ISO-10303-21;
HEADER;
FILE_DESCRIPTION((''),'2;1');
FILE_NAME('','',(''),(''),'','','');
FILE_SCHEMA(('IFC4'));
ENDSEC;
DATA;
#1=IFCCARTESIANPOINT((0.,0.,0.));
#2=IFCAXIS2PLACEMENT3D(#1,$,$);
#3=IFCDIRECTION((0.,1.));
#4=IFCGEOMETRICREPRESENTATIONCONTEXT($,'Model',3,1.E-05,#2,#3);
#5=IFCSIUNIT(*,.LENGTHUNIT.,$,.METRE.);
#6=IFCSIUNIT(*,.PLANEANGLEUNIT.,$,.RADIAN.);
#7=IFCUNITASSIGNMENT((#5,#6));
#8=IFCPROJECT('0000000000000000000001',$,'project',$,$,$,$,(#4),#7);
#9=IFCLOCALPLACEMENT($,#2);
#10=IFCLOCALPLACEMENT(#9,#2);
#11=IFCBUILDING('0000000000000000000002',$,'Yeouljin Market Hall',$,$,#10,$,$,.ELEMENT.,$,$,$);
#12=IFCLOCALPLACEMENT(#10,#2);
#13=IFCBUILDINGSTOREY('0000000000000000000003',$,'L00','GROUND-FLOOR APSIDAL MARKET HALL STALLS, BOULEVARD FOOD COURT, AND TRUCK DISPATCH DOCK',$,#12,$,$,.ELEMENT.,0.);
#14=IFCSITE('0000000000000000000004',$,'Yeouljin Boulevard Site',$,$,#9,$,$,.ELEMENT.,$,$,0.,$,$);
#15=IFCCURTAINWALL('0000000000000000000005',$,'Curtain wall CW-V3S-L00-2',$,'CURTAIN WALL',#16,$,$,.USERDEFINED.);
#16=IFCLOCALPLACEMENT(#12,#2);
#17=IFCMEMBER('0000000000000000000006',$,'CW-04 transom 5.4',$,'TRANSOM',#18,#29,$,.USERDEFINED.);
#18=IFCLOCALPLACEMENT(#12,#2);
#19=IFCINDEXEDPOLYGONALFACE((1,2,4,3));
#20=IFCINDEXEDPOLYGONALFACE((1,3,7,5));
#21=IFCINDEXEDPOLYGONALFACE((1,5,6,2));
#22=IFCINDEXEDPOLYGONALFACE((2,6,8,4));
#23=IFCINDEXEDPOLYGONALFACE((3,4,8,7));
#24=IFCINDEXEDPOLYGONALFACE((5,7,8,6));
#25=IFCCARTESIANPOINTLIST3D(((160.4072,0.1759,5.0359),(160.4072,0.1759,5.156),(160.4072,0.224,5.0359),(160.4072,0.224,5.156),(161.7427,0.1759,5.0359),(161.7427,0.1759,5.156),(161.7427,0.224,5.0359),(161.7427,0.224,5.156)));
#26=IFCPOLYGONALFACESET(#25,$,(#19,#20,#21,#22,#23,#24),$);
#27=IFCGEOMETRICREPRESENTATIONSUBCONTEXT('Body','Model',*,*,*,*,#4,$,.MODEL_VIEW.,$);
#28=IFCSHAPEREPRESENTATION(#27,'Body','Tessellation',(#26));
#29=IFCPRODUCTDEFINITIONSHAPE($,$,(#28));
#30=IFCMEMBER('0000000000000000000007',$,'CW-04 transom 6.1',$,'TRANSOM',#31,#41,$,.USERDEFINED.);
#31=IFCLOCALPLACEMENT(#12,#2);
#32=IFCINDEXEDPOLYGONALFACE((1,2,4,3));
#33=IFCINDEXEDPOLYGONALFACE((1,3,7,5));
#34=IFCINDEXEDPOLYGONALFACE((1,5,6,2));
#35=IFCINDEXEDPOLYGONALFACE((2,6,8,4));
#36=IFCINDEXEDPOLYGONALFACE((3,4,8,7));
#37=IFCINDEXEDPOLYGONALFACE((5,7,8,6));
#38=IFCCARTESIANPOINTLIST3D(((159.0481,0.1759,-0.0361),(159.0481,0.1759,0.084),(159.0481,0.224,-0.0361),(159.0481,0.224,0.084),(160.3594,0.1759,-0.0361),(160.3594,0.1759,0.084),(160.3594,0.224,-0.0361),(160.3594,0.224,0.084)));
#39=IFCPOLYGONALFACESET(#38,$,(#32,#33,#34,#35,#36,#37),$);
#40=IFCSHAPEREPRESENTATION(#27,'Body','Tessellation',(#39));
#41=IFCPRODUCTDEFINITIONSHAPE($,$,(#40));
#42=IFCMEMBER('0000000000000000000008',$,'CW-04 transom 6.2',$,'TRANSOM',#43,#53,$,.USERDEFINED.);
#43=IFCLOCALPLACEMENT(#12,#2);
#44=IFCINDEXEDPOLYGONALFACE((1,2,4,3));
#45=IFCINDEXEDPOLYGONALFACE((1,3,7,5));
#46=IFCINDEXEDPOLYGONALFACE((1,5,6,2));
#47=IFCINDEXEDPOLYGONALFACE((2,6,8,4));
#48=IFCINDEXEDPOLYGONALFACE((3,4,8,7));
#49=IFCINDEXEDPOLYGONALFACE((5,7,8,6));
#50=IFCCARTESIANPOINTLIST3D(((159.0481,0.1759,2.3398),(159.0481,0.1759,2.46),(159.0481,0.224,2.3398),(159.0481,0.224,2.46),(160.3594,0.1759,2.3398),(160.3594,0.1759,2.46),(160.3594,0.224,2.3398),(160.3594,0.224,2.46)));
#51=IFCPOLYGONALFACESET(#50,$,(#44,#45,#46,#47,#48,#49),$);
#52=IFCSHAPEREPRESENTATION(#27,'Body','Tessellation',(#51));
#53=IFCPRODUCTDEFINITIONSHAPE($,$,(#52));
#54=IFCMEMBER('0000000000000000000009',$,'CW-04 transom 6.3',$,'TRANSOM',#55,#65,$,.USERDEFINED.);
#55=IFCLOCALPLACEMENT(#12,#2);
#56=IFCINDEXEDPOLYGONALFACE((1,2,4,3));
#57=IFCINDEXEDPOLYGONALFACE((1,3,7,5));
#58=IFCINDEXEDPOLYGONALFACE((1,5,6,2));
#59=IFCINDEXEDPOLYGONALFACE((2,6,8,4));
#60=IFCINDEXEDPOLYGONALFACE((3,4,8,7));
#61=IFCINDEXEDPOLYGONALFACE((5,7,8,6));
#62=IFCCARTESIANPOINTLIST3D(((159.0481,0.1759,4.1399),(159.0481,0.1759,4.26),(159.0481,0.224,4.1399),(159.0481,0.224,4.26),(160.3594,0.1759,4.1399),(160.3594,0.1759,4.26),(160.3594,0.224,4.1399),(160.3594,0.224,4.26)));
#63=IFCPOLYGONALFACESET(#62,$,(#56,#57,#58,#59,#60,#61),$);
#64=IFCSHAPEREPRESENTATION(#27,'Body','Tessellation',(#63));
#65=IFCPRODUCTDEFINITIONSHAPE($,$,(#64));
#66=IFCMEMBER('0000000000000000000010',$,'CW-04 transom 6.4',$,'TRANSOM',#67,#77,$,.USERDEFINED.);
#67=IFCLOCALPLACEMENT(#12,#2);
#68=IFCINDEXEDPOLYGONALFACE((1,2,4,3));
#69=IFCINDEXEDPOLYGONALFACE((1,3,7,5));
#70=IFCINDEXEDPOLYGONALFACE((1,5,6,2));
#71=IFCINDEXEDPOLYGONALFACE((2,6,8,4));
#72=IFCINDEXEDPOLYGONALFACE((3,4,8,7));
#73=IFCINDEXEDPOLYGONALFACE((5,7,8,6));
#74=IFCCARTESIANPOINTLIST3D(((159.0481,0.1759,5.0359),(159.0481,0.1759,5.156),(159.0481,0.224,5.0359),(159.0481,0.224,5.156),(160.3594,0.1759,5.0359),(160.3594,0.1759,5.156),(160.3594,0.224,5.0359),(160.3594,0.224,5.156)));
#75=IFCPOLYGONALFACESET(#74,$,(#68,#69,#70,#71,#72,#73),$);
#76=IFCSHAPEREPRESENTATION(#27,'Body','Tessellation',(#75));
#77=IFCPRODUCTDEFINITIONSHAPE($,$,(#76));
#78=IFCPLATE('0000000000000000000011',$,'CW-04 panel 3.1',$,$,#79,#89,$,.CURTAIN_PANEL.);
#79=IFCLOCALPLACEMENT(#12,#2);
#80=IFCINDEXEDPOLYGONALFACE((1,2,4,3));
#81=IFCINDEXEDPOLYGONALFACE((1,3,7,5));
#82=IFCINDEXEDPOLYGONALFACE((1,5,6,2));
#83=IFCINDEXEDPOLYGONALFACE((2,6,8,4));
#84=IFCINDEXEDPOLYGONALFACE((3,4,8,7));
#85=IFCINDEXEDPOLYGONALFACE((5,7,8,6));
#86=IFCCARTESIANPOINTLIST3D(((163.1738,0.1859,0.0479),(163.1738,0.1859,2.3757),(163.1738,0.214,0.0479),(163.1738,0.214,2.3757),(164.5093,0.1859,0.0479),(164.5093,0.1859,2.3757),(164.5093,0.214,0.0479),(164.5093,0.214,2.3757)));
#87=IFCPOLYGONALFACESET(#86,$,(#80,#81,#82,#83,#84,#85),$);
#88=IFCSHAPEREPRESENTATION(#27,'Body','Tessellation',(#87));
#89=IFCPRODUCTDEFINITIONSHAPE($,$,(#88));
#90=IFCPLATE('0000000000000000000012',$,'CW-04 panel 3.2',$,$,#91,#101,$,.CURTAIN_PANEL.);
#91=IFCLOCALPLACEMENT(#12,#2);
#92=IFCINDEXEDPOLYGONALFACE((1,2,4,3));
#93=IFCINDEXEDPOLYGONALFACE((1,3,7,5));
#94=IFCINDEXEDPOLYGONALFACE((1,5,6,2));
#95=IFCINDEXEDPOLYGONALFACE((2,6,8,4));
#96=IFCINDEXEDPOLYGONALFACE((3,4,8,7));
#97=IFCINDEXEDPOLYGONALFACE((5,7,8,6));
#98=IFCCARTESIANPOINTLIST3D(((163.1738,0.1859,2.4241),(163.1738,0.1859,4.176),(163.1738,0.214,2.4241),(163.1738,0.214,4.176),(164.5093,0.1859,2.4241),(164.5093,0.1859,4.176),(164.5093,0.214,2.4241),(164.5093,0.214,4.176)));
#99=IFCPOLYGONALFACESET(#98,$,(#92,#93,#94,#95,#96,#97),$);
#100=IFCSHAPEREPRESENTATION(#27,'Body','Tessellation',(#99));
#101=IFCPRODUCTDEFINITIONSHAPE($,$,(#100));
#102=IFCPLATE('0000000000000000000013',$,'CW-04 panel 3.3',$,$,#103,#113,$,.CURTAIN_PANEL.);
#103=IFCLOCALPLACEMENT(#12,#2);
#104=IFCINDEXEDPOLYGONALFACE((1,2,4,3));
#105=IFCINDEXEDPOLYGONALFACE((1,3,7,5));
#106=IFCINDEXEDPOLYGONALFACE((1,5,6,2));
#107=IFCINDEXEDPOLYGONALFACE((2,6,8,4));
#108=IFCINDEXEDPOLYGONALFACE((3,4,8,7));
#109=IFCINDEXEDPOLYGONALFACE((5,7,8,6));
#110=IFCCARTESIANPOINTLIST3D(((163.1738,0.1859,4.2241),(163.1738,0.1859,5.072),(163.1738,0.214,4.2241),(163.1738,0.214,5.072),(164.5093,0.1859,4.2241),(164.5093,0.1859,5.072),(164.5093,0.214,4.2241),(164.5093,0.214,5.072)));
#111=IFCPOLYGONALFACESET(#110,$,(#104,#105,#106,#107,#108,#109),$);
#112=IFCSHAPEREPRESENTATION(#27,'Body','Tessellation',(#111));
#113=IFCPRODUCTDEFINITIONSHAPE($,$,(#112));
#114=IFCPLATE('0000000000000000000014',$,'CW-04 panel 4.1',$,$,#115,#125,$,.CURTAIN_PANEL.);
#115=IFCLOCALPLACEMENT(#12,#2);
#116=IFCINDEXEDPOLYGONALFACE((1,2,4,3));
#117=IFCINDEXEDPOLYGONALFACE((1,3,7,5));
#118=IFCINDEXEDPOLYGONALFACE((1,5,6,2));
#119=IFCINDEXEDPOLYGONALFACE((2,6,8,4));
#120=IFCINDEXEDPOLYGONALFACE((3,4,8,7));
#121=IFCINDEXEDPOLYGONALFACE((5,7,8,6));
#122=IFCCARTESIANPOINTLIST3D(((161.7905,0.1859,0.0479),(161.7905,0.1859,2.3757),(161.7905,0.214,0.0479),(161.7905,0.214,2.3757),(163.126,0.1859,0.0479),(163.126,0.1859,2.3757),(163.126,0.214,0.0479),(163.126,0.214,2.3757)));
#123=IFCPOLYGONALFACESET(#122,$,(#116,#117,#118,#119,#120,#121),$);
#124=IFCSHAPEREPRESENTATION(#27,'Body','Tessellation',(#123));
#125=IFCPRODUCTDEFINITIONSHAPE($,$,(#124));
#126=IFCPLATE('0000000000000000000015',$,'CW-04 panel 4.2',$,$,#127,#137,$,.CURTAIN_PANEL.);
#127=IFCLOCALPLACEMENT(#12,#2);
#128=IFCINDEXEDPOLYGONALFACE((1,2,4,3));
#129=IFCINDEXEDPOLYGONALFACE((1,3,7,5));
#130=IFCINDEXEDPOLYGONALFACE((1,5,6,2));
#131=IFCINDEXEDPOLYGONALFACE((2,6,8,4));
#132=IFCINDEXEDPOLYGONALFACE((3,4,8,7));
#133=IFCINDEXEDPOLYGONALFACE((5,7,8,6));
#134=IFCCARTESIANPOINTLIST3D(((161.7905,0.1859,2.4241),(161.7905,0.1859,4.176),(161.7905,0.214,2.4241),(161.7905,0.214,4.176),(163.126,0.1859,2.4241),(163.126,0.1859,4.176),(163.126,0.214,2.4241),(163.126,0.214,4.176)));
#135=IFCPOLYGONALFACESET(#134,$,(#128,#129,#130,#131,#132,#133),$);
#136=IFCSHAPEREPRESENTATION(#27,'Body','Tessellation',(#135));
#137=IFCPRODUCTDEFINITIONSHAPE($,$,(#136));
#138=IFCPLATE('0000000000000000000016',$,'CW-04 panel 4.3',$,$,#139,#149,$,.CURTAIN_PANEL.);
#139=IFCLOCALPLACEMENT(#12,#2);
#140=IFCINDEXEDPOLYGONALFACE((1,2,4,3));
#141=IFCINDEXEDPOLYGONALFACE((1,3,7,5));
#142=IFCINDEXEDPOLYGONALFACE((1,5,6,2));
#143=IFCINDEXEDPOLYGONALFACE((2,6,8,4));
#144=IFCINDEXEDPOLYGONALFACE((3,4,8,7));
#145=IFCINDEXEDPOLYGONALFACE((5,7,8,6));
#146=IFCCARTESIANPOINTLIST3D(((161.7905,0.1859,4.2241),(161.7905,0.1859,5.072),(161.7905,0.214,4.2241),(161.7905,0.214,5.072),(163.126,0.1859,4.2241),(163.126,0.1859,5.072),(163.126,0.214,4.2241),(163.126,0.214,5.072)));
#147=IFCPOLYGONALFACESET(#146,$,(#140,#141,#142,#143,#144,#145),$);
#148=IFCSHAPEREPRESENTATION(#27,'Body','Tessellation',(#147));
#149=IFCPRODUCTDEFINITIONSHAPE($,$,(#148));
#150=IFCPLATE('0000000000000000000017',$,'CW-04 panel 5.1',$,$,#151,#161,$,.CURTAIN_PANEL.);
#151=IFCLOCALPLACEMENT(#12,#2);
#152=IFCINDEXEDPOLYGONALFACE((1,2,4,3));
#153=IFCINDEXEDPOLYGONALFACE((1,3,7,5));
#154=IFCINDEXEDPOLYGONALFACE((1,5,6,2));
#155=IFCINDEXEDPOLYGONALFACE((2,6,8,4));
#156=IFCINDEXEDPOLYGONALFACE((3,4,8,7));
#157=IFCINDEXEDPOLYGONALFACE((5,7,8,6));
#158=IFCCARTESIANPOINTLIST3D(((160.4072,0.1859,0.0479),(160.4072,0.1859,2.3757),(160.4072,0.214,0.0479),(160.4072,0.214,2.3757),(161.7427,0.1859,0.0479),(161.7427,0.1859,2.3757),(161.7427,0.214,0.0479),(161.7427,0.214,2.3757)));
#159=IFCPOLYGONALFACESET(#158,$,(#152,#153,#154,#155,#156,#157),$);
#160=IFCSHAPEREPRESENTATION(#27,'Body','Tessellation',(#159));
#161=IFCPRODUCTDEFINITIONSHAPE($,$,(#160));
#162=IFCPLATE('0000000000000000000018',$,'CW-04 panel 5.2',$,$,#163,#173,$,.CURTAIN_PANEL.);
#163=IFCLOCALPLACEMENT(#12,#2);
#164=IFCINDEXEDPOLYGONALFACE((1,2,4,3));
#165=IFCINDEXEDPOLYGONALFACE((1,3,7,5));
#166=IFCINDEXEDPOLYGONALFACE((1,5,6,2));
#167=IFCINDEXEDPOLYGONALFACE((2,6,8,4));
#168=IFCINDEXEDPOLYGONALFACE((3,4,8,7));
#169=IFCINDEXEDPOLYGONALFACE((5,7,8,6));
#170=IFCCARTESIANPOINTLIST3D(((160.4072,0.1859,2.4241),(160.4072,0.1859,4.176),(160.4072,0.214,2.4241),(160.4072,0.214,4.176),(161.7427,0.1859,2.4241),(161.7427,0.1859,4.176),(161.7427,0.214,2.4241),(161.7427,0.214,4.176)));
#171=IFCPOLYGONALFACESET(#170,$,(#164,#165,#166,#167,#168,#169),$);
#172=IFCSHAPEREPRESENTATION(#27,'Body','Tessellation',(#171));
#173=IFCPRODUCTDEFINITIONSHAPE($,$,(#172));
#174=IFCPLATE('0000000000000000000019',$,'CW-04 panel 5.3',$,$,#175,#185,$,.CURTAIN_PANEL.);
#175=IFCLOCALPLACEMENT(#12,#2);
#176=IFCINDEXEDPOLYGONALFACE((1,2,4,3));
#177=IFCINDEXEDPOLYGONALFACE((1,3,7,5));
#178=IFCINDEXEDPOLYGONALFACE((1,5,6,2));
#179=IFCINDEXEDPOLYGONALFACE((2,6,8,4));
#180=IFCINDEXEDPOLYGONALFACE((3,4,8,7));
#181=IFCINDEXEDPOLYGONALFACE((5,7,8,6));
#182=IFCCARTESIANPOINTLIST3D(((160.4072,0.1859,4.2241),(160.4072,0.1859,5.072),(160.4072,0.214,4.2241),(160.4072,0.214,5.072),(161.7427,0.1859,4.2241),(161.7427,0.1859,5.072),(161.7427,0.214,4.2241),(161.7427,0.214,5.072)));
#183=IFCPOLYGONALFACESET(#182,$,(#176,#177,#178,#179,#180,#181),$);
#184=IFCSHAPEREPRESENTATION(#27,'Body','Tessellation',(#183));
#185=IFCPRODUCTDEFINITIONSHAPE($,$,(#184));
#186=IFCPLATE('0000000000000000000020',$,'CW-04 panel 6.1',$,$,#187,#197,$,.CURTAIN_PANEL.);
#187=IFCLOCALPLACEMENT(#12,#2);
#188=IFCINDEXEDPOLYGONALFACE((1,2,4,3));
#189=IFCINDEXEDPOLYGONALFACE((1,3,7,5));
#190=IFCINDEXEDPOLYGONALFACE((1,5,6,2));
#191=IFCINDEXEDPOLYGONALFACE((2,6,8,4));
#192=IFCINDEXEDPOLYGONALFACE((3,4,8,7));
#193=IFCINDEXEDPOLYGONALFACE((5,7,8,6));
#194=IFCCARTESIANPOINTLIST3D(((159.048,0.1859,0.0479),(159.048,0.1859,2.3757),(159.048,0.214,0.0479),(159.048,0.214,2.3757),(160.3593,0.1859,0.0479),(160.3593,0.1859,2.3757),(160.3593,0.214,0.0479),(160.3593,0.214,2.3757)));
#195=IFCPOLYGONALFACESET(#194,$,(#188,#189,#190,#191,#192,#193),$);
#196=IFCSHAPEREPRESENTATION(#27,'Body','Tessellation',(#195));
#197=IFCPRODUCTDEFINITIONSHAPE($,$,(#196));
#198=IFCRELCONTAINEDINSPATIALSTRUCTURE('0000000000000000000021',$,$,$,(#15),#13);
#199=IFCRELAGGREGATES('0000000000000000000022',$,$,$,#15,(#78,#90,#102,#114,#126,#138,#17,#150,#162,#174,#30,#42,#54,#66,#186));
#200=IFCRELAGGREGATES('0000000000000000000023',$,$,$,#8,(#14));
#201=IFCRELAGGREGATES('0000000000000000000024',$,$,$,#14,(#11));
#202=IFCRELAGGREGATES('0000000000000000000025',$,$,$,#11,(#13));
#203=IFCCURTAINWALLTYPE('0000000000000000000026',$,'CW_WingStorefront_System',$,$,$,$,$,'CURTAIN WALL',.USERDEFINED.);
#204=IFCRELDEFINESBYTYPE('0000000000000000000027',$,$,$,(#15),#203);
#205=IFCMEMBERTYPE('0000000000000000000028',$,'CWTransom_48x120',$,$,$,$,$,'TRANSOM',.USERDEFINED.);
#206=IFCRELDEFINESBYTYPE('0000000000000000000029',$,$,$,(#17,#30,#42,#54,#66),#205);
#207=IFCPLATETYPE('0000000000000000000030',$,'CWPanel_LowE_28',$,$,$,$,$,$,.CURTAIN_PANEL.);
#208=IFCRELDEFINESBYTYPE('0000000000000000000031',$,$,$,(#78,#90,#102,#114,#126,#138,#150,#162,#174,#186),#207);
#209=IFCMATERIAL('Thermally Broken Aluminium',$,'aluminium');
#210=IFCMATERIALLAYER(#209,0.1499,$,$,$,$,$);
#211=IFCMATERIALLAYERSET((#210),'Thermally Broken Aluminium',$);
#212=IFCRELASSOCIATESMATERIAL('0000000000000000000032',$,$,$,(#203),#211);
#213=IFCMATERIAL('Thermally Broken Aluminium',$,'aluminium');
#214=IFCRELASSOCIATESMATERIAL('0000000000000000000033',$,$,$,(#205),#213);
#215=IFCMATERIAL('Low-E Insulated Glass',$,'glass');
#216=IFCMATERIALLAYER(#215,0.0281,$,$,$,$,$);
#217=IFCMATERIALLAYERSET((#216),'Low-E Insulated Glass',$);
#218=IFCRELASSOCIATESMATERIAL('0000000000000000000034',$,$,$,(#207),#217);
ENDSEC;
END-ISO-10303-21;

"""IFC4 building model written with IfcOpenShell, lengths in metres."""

from ifc_helpers import new_model, si_unit, direction, frame, origin, origin_2d, place, context, subcontext, project, spatial, rectangle, extrude, material, layer, layer_set, material_profile, profile_set, type_object, element, aggregate, save


model = new_model("IFC4")

# Units and contexts
model_context = context("Model", 3, precision=1e-05, world=origin(), true_north=direction((0.0, 1.0)))
body_context = subcontext(model_context, "Body", "Model", "MODEL_VIEW")
ifc_project = project(units=[si_unit("LENGTHUNIT", "METRE"), si_unit("PLANEANGLEUNIT", "RADIAN")], contexts=[model_context])

# Site, building, storey
site_placement = place(None, origin())
site = spatial("IfcSite", under=ifc_project, at=site_placement, Name="Yeouljin Boulevard Site", CompositionType="ELEMENT", RefElevation=0.0)
building_placement = place(site_placement, origin())
building = spatial("IfcBuilding", under=site, at=building_placement, Name="Yeouljin Market Hall", CompositionType="ELEMENT")
storey_placement = place(building_placement, origin())
storey = spatial("IfcBuildingStorey", under=building, at=storey_placement, Name="L00", Description="GROUND-FLOOR APSIDAL MARKET HALL STALLS, BOULEVARD FOOD COURT, AND TRUCK DISPATCH DOCK", CompositionType="ELEMENT", Elevation=0.0)

# Curtain wall, members, plates
ifc_material_1 = material(Name="Thermally Broken Aluminium", Category="aluminium")
ifc_layer_1 = layer(ifc_material_1, 0.1499)
ifc_layer_set_1 = layer_set([ifc_layer_1], Name="Thermally Broken Aluminium")
curtain_wall_type = type_object("IfcCurtainWallType", Name="CW_WingStorefront_System", ElementType="CURTAIN WALL", PredefinedType="USERDEFINED", material=ifc_layer_set_1)
curtain_wall_placement = place(storey_placement, origin())
curtain_wall = element("IfcCurtainWall", 1, at=curtain_wall_placement, inside=storey, type_object=curtain_wall_type, Name="Curtain wall CW-V3S-L00-2", ObjectType="CURTAIN WALL", PredefinedType="USERDEFINED")
ifc_material_2 = material(Name="Thermally Broken Aluminium", Category="aluminium")
ifc_material_profile_1 = material_profile(ifc_material_2, rectangle(XDim=0.0481, YDim=0.1201, at=origin_2d()), Name="CW-TRAN-48x120")
ifc_profile_set_1 = profile_set([ifc_material_profile_1], Name="Thermally Broken Aluminium")
member_type_1 = type_object("IfcMemberType", Name="CWTransom_48x120", ElementType="TRANSOM", PredefinedType="USERDEFINED", material=ifc_profile_set_1)
member_1_placement = place(storey_placement, frame((161.7427, 0.2, 5.0959), z_axis=(-1.0, 0.0, 0.0), x_axis=(0.0, -1.0, 0.0)))
member_1 = element("IfcMember", 2, at=member_1_placement, type_object=member_type_1, Name="CW-04 transom 5.4", ObjectType="TRANSOM", PredefinedType="USERDEFINED", context=body_context, shape_type="SweptSolid", body=[
    extrude(rectangle(XDim=0.0481, YDim=0.1201, at=origin_2d()), origin(), (0.0, 0.0, 1.0), 1.3354),
])
member_2_placement = place(storey_placement, frame((160.3594, 0.2, 0.0239), z_axis=(-1.0, 0.0, 0.0), x_axis=(0.0, -1.0, 0.0)))
member_2 = element("IfcMember", 3, at=member_2_placement, type_object=member_type_1, Name="CW-04 transom 6.1", ObjectType="TRANSOM", PredefinedType="USERDEFINED", context=body_context, shape_type="SweptSolid", body=[
    extrude(rectangle(XDim=0.0481, YDim=0.1201, at=origin_2d()), origin(), (0.0, 0.0, 1.0), 1.3113),
])
member_3_placement = place(storey_placement, frame((160.3594, 0.2, 2.3999), z_axis=(-1.0, 0.0, 0.0), x_axis=(0.0, -1.0, 0.0)))
member_3 = element("IfcMember", 4, at=member_3_placement, type_object=member_type_1, Name="CW-04 transom 6.2", ObjectType="TRANSOM", PredefinedType="USERDEFINED", context=body_context, shape_type="SweptSolid", body=[
    extrude(rectangle(XDim=0.0481, YDim=0.1201, at=origin_2d()), origin(), (0.0, 0.0, 1.0), 1.3113),
])
member_4_placement = place(storey_placement, frame((160.3594, 0.2, 4.2), z_axis=(-1.0, 0.0, 0.0), x_axis=(0.0, -1.0, 0.0)))
member_4 = element("IfcMember", 5, at=member_4_placement, type_object=member_type_1, Name="CW-04 transom 6.3", ObjectType="TRANSOM", PredefinedType="USERDEFINED", context=body_context, shape_type="SweptSolid", body=[
    extrude(rectangle(XDim=0.0481, YDim=0.1201, at=origin_2d()), origin(), (0.0, 0.0, 1.0), 1.3113),
])
member_5_placement = place(storey_placement, frame((160.3594, 0.2, 5.0959), z_axis=(-1.0, 0.0, 0.0), x_axis=(0.0, -1.0, 0.0)))
member_5 = element("IfcMember", 6, at=member_5_placement, type_object=member_type_1, Name="CW-04 transom 6.4", ObjectType="TRANSOM", PredefinedType="USERDEFINED", context=body_context, shape_type="SweptSolid", body=[
    extrude(rectangle(XDim=0.0481, YDim=0.1201, at=origin_2d()), origin(), (0.0, 0.0, 1.0), 1.3113),
])
ifc_material_3 = material(Name="Low-E Insulated Glass", Category="glass")
ifc_layer_2 = layer(ifc_material_3, 0.0281)
ifc_layer_set_2 = layer_set([ifc_layer_2], Name="Low-E Insulated Glass")
plate_type = type_object("IfcPlateType", Name="CWPanel_LowE_28", PredefinedType="CURTAIN_PANEL", material=ifc_layer_set_2)
plate_1_placement = place(storey_placement, frame((163.8416, 0.2, 0.0479), z_axis=(0.0, 0.0, 1.0), x_axis=(-1.0, 0.0, 0.0)))
plate_1 = element("IfcPlate", 7, at=plate_1_placement, type_object=plate_type, Name="CW-04 panel 3.1", PredefinedType="CURTAIN_PANEL", context=body_context, shape_type="SweptSolid", body=[
    extrude(rectangle(XDim=1.3354, YDim=0.0281, at=origin_2d()), origin(), (0.0, 0.0, 1.0), 2.3279),
])
plate_2_placement = place(storey_placement, frame((163.8416, 0.2, 2.4241), z_axis=(0.0, 0.0, 1.0), x_axis=(-1.0, 0.0, 0.0)))
plate_2 = element("IfcPlate", 8, at=plate_2_placement, type_object=plate_type, Name="CW-04 panel 3.2", PredefinedType="CURTAIN_PANEL", context=body_context, shape_type="SweptSolid", body=[
    extrude(rectangle(XDim=1.3354, YDim=0.0281, at=origin_2d()), origin(), (0.0, 0.0, 1.0), 1.752),
])
plate_3_placement = place(storey_placement, frame((163.8416, 0.2, 4.2241), z_axis=(0.0, 0.0, 1.0), x_axis=(-1.0, 0.0, 0.0)))
plate_3 = element("IfcPlate", 9, at=plate_3_placement, type_object=plate_type, Name="CW-04 panel 3.3", PredefinedType="CURTAIN_PANEL", context=body_context, shape_type="SweptSolid", body=[
    extrude(rectangle(XDim=1.3354, YDim=0.0281, at=origin_2d()), origin(), (0.0, 0.0, 1.0), 0.8479),
])
plate_4_placement = place(storey_placement, frame((162.4583, 0.2, 0.0479), z_axis=(0.0, 0.0, 1.0), x_axis=(-1.0, 0.0, 0.0)))
plate_4 = element("IfcPlate", 10, at=plate_4_placement, type_object=plate_type, Name="CW-04 panel 4.1", PredefinedType="CURTAIN_PANEL", context=body_context, shape_type="SweptSolid", body=[
    extrude(rectangle(XDim=1.3354, YDim=0.0281, at=origin_2d()), origin(), (0.0, 0.0, 1.0), 2.3279),
])
plate_5_placement = place(storey_placement, frame((162.4583, 0.2, 2.4241), z_axis=(0.0, 0.0, 1.0), x_axis=(-1.0, 0.0, 0.0)))
plate_5 = element("IfcPlate", 11, at=plate_5_placement, type_object=plate_type, Name="CW-04 panel 4.2", PredefinedType="CURTAIN_PANEL", context=body_context, shape_type="SweptSolid", body=[
    extrude(rectangle(XDim=1.3354, YDim=0.0281, at=origin_2d()), origin(), (0.0, 0.0, 1.0), 1.752),
])
plate_6_placement = place(storey_placement, frame((162.4583, 0.2, 4.2241), z_axis=(0.0, 0.0, 1.0), x_axis=(-1.0, 0.0, 0.0)))
plate_6 = element("IfcPlate", 12, at=plate_6_placement, type_object=plate_type, Name="CW-04 panel 4.3", PredefinedType="CURTAIN_PANEL", context=body_context, shape_type="SweptSolid", body=[
    extrude(rectangle(XDim=1.3354, YDim=0.0281, at=origin_2d()), origin(), (0.0, 0.0, 1.0), 0.8479),
])
plate_7_placement = place(storey_placement, frame((161.075, 0.2, 0.0479), z_axis=(0.0, 0.0, 1.0), x_axis=(-1.0, 0.0, 0.0)))
plate_7 = element("IfcPlate", 13, at=plate_7_placement, type_object=plate_type, Name="CW-04 panel 5.1", PredefinedType="CURTAIN_PANEL", context=body_context, shape_type="SweptSolid", body=[
    extrude(rectangle(XDim=1.3354, YDim=0.0281, at=origin_2d()), origin(), (0.0, 0.0, 1.0), 2.3279),
])
plate_8_placement = place(storey_placement, frame((161.075, 0.2, 2.4241), z_axis=(0.0, 0.0, 1.0), x_axis=(-1.0, 0.0, 0.0)))
plate_8 = element("IfcPlate", 14, at=plate_8_placement, type_object=plate_type, Name="CW-04 panel 5.2", PredefinedType="CURTAIN_PANEL", context=body_context, shape_type="SweptSolid", body=[
    extrude(rectangle(XDim=1.3354, YDim=0.0281, at=origin_2d()), origin(), (0.0, 0.0, 1.0), 1.752),
])
plate_9_placement = place(storey_placement, frame((161.075, 0.2, 4.2241), z_axis=(0.0, 0.0, 1.0), x_axis=(-1.0, 0.0, 0.0)))
plate_9 = element("IfcPlate", 15, at=plate_9_placement, type_object=plate_type, Name="CW-04 panel 5.3", PredefinedType="CURTAIN_PANEL", context=body_context, shape_type="SweptSolid", body=[
    extrude(rectangle(XDim=1.3354, YDim=0.0281, at=origin_2d()), origin(), (0.0, 0.0, 1.0), 0.8479),
])
plate_10_placement = place(storey_placement, frame((159.7036, 0.2, 0.0479), z_axis=(0.0, 0.0, 1.0), x_axis=(-1.0, 0.0, 0.0)))
plate_10 = element("IfcPlate", 16, at=plate_10_placement, type_object=plate_type, Name="CW-04 panel 6.1", PredefinedType="CURTAIN_PANEL", context=body_context, shape_type="SweptSolid", body=[
    extrude(rectangle(XDim=1.3113, YDim=0.0281, at=origin_2d()), origin(), (0.0, 0.0, 1.0), 2.3279),
])
aggregate(curtain_wall, [plate_1, plate_2, plate_3, plate_4, plate_5, plate_6, member_1, plate_7, plate_8, plate_9, member_2, member_3, member_4, member_5, plate_10])

save(model, "model.ifc")
